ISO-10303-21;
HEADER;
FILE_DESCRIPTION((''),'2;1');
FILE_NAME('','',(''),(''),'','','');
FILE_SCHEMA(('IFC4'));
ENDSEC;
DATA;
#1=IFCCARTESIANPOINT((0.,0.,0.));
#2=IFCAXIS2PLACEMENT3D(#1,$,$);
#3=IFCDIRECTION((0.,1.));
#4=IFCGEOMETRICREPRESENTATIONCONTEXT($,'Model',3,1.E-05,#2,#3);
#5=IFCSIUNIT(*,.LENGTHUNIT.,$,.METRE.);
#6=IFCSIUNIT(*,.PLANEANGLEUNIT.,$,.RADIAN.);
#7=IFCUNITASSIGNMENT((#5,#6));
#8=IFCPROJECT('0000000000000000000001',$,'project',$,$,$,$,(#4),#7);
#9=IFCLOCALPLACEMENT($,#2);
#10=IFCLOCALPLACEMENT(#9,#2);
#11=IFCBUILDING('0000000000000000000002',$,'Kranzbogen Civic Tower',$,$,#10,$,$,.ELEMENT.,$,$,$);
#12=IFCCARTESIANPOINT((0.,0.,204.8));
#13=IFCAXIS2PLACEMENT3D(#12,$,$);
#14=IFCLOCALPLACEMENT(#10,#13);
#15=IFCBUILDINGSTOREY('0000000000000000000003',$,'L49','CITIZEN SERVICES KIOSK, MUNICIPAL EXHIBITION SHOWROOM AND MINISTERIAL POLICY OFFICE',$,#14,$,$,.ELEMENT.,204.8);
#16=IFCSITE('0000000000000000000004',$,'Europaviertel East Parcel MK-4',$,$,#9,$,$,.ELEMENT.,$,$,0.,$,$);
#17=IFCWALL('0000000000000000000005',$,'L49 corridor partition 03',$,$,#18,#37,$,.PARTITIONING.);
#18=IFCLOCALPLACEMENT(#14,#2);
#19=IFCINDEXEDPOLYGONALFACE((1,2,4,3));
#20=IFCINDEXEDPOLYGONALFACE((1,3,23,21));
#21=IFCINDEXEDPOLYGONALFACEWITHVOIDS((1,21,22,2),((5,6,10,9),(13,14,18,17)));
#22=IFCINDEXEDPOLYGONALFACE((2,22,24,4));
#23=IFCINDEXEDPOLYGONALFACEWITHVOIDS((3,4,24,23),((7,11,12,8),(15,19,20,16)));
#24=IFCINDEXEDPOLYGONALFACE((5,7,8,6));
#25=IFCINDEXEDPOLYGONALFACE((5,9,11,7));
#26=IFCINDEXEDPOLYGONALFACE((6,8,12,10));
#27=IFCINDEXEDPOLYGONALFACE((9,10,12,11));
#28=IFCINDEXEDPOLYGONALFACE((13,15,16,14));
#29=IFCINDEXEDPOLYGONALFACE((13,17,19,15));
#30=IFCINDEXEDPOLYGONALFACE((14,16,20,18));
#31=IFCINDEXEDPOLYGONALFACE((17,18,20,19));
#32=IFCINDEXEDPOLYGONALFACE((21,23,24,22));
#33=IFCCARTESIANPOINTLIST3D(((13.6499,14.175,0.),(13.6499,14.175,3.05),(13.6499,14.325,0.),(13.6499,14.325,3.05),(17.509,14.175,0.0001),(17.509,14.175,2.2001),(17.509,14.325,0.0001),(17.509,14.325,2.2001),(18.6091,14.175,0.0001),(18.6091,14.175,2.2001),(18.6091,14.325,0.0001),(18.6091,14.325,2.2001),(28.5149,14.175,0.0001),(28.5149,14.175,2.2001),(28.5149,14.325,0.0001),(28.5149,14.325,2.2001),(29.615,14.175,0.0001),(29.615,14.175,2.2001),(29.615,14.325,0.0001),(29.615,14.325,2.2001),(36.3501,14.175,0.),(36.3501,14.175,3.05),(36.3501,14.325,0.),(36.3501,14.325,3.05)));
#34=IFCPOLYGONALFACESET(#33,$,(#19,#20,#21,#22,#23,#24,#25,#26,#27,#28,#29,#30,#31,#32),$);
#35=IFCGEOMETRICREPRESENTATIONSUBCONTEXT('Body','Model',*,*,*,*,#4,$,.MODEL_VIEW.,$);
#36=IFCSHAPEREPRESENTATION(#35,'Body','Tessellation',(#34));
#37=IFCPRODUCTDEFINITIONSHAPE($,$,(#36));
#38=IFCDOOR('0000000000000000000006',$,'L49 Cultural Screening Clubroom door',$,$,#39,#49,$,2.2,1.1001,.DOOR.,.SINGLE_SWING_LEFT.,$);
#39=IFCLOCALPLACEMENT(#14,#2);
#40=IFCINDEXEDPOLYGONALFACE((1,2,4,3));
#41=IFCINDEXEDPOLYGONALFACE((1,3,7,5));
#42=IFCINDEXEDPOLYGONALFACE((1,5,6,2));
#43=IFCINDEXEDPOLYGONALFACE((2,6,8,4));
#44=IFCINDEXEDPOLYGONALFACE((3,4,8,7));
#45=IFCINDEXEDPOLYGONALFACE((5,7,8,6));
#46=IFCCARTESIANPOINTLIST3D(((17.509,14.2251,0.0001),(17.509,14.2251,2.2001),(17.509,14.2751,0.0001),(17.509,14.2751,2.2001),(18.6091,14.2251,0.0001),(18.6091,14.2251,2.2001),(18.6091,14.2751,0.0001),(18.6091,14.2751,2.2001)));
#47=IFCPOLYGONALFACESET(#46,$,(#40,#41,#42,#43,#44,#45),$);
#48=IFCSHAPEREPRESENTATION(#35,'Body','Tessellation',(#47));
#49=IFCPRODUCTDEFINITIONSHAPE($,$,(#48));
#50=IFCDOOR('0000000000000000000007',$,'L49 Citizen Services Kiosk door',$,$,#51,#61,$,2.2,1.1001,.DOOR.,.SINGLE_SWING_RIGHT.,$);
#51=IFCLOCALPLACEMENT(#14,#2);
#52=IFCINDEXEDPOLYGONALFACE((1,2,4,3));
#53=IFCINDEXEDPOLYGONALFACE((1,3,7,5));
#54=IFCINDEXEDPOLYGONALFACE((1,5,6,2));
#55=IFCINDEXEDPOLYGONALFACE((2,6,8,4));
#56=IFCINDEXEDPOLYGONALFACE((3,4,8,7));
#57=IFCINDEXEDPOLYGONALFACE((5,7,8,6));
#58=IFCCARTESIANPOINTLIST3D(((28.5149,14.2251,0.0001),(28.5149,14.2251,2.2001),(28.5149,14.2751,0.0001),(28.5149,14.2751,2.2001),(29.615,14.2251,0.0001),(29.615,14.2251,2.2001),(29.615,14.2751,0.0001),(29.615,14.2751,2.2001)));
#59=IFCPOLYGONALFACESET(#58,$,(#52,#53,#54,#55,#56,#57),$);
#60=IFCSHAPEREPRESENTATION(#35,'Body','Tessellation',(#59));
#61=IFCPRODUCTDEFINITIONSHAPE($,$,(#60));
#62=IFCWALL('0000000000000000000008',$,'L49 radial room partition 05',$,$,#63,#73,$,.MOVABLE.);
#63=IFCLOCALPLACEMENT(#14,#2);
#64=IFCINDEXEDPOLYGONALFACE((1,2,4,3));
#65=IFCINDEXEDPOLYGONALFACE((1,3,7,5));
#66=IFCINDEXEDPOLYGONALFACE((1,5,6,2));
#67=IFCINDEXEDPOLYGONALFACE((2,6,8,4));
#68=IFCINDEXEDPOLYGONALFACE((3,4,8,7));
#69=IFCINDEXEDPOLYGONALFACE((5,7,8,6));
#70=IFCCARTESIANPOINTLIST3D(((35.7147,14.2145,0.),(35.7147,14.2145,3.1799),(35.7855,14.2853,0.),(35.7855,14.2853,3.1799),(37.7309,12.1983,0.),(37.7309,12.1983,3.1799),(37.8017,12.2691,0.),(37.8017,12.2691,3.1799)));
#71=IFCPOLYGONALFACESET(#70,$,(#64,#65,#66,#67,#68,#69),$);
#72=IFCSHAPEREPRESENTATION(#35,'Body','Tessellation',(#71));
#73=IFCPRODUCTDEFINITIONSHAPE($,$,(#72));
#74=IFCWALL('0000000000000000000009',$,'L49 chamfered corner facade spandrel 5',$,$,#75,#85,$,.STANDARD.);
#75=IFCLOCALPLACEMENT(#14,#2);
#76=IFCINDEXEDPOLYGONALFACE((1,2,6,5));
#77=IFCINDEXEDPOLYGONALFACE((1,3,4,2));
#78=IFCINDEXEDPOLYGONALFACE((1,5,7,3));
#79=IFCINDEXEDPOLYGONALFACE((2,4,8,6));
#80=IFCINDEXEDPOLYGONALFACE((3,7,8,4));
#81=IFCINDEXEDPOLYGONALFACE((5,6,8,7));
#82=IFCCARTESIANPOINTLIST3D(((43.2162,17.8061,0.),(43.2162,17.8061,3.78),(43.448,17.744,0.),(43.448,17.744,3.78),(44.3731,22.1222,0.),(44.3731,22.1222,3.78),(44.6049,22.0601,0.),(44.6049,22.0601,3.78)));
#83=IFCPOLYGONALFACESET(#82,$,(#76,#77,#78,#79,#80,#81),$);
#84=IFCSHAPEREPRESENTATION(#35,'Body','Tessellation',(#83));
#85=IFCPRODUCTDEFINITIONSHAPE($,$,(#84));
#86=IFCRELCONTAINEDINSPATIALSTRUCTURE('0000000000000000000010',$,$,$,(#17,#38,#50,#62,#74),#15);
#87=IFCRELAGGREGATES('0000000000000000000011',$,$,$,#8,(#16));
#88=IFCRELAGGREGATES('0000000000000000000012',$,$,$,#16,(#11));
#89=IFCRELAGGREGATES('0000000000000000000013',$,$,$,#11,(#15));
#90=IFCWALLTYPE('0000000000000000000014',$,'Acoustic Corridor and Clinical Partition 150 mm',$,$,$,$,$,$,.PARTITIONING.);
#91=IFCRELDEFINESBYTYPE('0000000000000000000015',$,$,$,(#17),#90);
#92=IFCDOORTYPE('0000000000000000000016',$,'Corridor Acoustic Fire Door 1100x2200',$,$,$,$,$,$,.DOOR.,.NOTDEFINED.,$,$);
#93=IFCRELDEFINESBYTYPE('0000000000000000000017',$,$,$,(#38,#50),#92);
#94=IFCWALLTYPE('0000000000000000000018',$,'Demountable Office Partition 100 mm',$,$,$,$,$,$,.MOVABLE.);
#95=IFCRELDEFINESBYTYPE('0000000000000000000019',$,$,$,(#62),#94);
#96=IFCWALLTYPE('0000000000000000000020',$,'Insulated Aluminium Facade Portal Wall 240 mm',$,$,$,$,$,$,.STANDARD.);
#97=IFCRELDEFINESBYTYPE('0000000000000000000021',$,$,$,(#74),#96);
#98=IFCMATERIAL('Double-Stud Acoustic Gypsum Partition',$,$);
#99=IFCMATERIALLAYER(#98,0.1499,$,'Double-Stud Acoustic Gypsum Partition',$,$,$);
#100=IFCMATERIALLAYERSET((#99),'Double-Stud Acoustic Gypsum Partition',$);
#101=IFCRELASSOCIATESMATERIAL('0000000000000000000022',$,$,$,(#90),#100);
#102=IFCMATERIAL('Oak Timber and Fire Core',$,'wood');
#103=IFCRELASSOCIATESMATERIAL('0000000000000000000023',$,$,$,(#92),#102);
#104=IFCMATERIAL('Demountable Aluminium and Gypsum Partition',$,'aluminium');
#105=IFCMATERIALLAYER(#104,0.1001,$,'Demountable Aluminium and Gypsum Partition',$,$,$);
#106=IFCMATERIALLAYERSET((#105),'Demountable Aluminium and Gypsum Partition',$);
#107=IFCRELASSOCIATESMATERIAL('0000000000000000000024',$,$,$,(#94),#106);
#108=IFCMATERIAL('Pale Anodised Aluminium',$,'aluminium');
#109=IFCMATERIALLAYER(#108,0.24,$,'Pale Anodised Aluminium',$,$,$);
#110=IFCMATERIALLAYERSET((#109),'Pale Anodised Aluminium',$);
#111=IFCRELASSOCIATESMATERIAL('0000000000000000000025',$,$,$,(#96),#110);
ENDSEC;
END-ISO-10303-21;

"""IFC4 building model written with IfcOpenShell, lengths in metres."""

from ifc_helpers import new_model, si_unit, direction, frame, frame_2d, origin, place, context, subcontext, project, spatial, rectangle, extrude, material, layer, layer_set, type_object, element, fill, save


model = new_model("IFC4")

# Units and contexts
model_context = context("Model", 3, precision=1e-05, world=origin(), true_north=direction((0.0, 1.0)))
body_context = subcontext(model_context, "Body", "Model", "MODEL_VIEW")
ifc_project = project(units=[si_unit("LENGTHUNIT", "METRE"), si_unit("PLANEANGLEUNIT", "RADIAN")], contexts=[model_context])

# Site, building, storey
site_placement = place(None, origin())
site = spatial("IfcSite", under=ifc_project, at=site_placement, Name="Europaviertel East Parcel MK-4", CompositionType="ELEMENT", RefElevation=0.0)
building_placement = place(site_placement, origin())
building = spatial("IfcBuilding", under=site, at=building_placement, Name="Kranzbogen Civic Tower", CompositionType="ELEMENT")
storey_placement = place(building_placement, frame((0.0, 0.0, 204.8)))
storey = spatial("IfcBuildingStorey", under=building, at=storey_placement, Name="L49", Description="CITIZEN SERVICES KIOSK, MUNICIPAL EXHIBITION SHOWROOM AND MINISTERIAL POLICY OFFICE", CompositionType="ELEMENT", Elevation=204.8)

# Shared definitions
ifc_material_1 = material(Name="Pale Anodised Aluminium", Category="aluminium")

# Wall, openings, doors
ifc_material_2 = material(Name="Double-Stud Acoustic Gypsum Partition")
ifc_layer_1 = layer(ifc_material_2, 0.1499, Name="Double-Stud Acoustic Gypsum Partition")
ifc_layer_set_1 = layer_set([ifc_layer_1], Name="Double-Stud Acoustic Gypsum Partition")
wall_type_1 = type_object("IfcWallType", Name="Acoustic Corridor and Clinical Partition 150 mm", PredefinedType="PARTITIONING", material=ifc_layer_set_1)
wall_1_placement = place(storey_placement, frame((36.3501, 14.25, 0.0), z_axis=(0.0, 0.0, 1.0), x_axis=(-1.0, 0.0, 0.0)))
wall_1 = element("IfcWall", 1, at=wall_1_placement, inside=storey, type_object=wall_type_1, Name="L49 corridor partition 03", PredefinedType="PARTITIONING", context=body_context, shape_type="SweptSolid", body=[
    extrude(rectangle(XDim=22.7002, YDim=0.1499, at=frame_2d((11.3501, 0.0))), origin(), (0.0, 0.0, 1.0), 3.05),
])
opening_1_placement = place(wall_1_placement, frame((17.741, 0.0, 0.0)))
opening_1 = element("IfcOpeningElement", 2, at=opening_1_placement, cuts=wall_1, PredefinedType="OPENING", context=body_context, shape_type="SweptSolid", body=[
    extrude(rectangle(XDim=1.1001, YDim=2.2, at=frame_2d((0.55, 1.1001))), frame((0.0, 0.085, 0.0), z_axis=(0.0, -1.0, 0.0), x_axis=(1.0, 0.0, 0.0)), (0.0, 0.0, 1.0), 0.1699),
])
opening_2_placement = place(wall_1_placement, frame((6.7351, 0.0, 0.0)))
opening_2 = element("IfcOpeningElement", 3, at=opening_2_placement, cuts=wall_1, PredefinedType="OPENING", context=body_context, shape_type="SweptSolid", body=[
    extrude(rectangle(XDim=1.1001, YDim=2.2, at=frame_2d((0.55, 1.1001))), frame((0.0, 0.085, 0.0), z_axis=(0.0, -1.0, 0.0), x_axis=(1.0, 0.0, 0.0)), (0.0, 0.0, 1.0), 0.1699),
])
ifc_material_3 = material(Name="Oak Timber and Fire Core", Category="wood")
door_type = type_object("IfcDoorType", Name="Corridor Acoustic Fire Door 1100x2200", OperationType="NOTDEFINED", PredefinedType="DOOR", material=ifc_material_3)
door_1_placement = place(opening_1_placement, origin())
door_1 = element("IfcDoor", 4, at=door_1_placement, inside=storey, type_object=door_type, Name="L49 Cultural Screening Clubroom door", OperationType="SINGLE_SWING_LEFT", OverallHeight=2.2, OverallWidth=1.1001, PredefinedType="DOOR", context=body_context, shape_type="SweptSolid", body=[
    extrude(rectangle(XDim=1.1001, YDim=2.2, at=frame_2d((0.55, 1.1001))), frame((0.0, 0.0249, 0.0), z_axis=(0.0, -1.0, 0.0), x_axis=(1.0, 0.0, 0.0)), (0.0, 0.0, 1.0), 0.05),
])
fill(opening_1, door_1)
door_2_placement = place(opening_2_placement, origin())
door_2 = element("IfcDoor", 5, at=door_2_placement, inside=storey, type_object=door_type, Name="L49 Citizen Services Kiosk door", OperationType="SINGLE_SWING_RIGHT", OverallHeight=2.2, OverallWidth=1.1001, PredefinedType="DOOR", context=body_context, shape_type="SweptSolid", body=[
    extrude(rectangle(XDim=1.1001, YDim=2.2, at=frame_2d((0.55, 1.1001))), frame((0.0, 0.0249, 0.0), z_axis=(0.0, -1.0, 0.0), x_axis=(1.0, 0.0, 0.0)), (0.0, 0.0, 1.0), 0.05),
])
fill(opening_2, door_2)

# Walls
ifc_material_4 = material(Name="Demountable Aluminium and Gypsum Partition", Category="aluminium")
ifc_layer_2 = layer(ifc_material_4, 0.1001, Name="Demountable Aluminium and Gypsum Partition")
ifc_layer_set_2 = layer_set([ifc_layer_2], Name="Demountable Aluminium and Gypsum Partition")
wall_type_2 = type_object("IfcWallType", Name="Demountable Office Partition 100 mm", PredefinedType="MOVABLE", material=ifc_layer_set_2)
wall_2_placement = place(storey_placement, frame((35.75, 14.25, 0.0), z_axis=(0.0, 0.0, 1.0), x_axis=(0.707107, -0.707107, 0.0)))
element("IfcWall", 6, at=wall_2_placement, inside=storey, type_object=wall_type_2, Name="L49 radial room partition 05", PredefinedType="MOVABLE", context=body_context, shape_type="SweptSolid", body=[
    extrude(rectangle(XDim=2.8513, YDim=0.1001, at=frame_2d((1.4258, 0.0))), origin(), (0.0, 0.0, 1.0), 3.1799),
])
ifc_layer_3 = layer(ifc_material_1, 0.24, Name="Pale Anodised Aluminium")
ifc_layer_set_3 = layer_set([ifc_layer_3], Name="Pale Anodised Aluminium")
wall_type_3 = type_object("IfcWallType", Name="Insulated Aluminium Facade Portal Wall 240 mm", PredefinedType="STANDARD", material=ifc_layer_set_3)
wall_3_placement = place(storey_placement, frame((43.332, 17.7749, 0.0), z_axis=(0.0, 0.0, 1.0), x_axis=(0.258917, 0.9659, 0.0)))
element("IfcWall", 7, at=wall_3_placement, inside=storey, type_object=wall_type_3, Name="L49 chamfered corner facade spandrel 5", PredefinedType="STANDARD", context=body_context, shape_type="SweptSolid", body=[
    extrude(rectangle(XDim=4.4685, YDim=0.24, at=frame_2d((2.2344, 0.0))), origin(), (0.0, 0.0, 1.0), 3.78),
])

save(model, "model.ifc")
